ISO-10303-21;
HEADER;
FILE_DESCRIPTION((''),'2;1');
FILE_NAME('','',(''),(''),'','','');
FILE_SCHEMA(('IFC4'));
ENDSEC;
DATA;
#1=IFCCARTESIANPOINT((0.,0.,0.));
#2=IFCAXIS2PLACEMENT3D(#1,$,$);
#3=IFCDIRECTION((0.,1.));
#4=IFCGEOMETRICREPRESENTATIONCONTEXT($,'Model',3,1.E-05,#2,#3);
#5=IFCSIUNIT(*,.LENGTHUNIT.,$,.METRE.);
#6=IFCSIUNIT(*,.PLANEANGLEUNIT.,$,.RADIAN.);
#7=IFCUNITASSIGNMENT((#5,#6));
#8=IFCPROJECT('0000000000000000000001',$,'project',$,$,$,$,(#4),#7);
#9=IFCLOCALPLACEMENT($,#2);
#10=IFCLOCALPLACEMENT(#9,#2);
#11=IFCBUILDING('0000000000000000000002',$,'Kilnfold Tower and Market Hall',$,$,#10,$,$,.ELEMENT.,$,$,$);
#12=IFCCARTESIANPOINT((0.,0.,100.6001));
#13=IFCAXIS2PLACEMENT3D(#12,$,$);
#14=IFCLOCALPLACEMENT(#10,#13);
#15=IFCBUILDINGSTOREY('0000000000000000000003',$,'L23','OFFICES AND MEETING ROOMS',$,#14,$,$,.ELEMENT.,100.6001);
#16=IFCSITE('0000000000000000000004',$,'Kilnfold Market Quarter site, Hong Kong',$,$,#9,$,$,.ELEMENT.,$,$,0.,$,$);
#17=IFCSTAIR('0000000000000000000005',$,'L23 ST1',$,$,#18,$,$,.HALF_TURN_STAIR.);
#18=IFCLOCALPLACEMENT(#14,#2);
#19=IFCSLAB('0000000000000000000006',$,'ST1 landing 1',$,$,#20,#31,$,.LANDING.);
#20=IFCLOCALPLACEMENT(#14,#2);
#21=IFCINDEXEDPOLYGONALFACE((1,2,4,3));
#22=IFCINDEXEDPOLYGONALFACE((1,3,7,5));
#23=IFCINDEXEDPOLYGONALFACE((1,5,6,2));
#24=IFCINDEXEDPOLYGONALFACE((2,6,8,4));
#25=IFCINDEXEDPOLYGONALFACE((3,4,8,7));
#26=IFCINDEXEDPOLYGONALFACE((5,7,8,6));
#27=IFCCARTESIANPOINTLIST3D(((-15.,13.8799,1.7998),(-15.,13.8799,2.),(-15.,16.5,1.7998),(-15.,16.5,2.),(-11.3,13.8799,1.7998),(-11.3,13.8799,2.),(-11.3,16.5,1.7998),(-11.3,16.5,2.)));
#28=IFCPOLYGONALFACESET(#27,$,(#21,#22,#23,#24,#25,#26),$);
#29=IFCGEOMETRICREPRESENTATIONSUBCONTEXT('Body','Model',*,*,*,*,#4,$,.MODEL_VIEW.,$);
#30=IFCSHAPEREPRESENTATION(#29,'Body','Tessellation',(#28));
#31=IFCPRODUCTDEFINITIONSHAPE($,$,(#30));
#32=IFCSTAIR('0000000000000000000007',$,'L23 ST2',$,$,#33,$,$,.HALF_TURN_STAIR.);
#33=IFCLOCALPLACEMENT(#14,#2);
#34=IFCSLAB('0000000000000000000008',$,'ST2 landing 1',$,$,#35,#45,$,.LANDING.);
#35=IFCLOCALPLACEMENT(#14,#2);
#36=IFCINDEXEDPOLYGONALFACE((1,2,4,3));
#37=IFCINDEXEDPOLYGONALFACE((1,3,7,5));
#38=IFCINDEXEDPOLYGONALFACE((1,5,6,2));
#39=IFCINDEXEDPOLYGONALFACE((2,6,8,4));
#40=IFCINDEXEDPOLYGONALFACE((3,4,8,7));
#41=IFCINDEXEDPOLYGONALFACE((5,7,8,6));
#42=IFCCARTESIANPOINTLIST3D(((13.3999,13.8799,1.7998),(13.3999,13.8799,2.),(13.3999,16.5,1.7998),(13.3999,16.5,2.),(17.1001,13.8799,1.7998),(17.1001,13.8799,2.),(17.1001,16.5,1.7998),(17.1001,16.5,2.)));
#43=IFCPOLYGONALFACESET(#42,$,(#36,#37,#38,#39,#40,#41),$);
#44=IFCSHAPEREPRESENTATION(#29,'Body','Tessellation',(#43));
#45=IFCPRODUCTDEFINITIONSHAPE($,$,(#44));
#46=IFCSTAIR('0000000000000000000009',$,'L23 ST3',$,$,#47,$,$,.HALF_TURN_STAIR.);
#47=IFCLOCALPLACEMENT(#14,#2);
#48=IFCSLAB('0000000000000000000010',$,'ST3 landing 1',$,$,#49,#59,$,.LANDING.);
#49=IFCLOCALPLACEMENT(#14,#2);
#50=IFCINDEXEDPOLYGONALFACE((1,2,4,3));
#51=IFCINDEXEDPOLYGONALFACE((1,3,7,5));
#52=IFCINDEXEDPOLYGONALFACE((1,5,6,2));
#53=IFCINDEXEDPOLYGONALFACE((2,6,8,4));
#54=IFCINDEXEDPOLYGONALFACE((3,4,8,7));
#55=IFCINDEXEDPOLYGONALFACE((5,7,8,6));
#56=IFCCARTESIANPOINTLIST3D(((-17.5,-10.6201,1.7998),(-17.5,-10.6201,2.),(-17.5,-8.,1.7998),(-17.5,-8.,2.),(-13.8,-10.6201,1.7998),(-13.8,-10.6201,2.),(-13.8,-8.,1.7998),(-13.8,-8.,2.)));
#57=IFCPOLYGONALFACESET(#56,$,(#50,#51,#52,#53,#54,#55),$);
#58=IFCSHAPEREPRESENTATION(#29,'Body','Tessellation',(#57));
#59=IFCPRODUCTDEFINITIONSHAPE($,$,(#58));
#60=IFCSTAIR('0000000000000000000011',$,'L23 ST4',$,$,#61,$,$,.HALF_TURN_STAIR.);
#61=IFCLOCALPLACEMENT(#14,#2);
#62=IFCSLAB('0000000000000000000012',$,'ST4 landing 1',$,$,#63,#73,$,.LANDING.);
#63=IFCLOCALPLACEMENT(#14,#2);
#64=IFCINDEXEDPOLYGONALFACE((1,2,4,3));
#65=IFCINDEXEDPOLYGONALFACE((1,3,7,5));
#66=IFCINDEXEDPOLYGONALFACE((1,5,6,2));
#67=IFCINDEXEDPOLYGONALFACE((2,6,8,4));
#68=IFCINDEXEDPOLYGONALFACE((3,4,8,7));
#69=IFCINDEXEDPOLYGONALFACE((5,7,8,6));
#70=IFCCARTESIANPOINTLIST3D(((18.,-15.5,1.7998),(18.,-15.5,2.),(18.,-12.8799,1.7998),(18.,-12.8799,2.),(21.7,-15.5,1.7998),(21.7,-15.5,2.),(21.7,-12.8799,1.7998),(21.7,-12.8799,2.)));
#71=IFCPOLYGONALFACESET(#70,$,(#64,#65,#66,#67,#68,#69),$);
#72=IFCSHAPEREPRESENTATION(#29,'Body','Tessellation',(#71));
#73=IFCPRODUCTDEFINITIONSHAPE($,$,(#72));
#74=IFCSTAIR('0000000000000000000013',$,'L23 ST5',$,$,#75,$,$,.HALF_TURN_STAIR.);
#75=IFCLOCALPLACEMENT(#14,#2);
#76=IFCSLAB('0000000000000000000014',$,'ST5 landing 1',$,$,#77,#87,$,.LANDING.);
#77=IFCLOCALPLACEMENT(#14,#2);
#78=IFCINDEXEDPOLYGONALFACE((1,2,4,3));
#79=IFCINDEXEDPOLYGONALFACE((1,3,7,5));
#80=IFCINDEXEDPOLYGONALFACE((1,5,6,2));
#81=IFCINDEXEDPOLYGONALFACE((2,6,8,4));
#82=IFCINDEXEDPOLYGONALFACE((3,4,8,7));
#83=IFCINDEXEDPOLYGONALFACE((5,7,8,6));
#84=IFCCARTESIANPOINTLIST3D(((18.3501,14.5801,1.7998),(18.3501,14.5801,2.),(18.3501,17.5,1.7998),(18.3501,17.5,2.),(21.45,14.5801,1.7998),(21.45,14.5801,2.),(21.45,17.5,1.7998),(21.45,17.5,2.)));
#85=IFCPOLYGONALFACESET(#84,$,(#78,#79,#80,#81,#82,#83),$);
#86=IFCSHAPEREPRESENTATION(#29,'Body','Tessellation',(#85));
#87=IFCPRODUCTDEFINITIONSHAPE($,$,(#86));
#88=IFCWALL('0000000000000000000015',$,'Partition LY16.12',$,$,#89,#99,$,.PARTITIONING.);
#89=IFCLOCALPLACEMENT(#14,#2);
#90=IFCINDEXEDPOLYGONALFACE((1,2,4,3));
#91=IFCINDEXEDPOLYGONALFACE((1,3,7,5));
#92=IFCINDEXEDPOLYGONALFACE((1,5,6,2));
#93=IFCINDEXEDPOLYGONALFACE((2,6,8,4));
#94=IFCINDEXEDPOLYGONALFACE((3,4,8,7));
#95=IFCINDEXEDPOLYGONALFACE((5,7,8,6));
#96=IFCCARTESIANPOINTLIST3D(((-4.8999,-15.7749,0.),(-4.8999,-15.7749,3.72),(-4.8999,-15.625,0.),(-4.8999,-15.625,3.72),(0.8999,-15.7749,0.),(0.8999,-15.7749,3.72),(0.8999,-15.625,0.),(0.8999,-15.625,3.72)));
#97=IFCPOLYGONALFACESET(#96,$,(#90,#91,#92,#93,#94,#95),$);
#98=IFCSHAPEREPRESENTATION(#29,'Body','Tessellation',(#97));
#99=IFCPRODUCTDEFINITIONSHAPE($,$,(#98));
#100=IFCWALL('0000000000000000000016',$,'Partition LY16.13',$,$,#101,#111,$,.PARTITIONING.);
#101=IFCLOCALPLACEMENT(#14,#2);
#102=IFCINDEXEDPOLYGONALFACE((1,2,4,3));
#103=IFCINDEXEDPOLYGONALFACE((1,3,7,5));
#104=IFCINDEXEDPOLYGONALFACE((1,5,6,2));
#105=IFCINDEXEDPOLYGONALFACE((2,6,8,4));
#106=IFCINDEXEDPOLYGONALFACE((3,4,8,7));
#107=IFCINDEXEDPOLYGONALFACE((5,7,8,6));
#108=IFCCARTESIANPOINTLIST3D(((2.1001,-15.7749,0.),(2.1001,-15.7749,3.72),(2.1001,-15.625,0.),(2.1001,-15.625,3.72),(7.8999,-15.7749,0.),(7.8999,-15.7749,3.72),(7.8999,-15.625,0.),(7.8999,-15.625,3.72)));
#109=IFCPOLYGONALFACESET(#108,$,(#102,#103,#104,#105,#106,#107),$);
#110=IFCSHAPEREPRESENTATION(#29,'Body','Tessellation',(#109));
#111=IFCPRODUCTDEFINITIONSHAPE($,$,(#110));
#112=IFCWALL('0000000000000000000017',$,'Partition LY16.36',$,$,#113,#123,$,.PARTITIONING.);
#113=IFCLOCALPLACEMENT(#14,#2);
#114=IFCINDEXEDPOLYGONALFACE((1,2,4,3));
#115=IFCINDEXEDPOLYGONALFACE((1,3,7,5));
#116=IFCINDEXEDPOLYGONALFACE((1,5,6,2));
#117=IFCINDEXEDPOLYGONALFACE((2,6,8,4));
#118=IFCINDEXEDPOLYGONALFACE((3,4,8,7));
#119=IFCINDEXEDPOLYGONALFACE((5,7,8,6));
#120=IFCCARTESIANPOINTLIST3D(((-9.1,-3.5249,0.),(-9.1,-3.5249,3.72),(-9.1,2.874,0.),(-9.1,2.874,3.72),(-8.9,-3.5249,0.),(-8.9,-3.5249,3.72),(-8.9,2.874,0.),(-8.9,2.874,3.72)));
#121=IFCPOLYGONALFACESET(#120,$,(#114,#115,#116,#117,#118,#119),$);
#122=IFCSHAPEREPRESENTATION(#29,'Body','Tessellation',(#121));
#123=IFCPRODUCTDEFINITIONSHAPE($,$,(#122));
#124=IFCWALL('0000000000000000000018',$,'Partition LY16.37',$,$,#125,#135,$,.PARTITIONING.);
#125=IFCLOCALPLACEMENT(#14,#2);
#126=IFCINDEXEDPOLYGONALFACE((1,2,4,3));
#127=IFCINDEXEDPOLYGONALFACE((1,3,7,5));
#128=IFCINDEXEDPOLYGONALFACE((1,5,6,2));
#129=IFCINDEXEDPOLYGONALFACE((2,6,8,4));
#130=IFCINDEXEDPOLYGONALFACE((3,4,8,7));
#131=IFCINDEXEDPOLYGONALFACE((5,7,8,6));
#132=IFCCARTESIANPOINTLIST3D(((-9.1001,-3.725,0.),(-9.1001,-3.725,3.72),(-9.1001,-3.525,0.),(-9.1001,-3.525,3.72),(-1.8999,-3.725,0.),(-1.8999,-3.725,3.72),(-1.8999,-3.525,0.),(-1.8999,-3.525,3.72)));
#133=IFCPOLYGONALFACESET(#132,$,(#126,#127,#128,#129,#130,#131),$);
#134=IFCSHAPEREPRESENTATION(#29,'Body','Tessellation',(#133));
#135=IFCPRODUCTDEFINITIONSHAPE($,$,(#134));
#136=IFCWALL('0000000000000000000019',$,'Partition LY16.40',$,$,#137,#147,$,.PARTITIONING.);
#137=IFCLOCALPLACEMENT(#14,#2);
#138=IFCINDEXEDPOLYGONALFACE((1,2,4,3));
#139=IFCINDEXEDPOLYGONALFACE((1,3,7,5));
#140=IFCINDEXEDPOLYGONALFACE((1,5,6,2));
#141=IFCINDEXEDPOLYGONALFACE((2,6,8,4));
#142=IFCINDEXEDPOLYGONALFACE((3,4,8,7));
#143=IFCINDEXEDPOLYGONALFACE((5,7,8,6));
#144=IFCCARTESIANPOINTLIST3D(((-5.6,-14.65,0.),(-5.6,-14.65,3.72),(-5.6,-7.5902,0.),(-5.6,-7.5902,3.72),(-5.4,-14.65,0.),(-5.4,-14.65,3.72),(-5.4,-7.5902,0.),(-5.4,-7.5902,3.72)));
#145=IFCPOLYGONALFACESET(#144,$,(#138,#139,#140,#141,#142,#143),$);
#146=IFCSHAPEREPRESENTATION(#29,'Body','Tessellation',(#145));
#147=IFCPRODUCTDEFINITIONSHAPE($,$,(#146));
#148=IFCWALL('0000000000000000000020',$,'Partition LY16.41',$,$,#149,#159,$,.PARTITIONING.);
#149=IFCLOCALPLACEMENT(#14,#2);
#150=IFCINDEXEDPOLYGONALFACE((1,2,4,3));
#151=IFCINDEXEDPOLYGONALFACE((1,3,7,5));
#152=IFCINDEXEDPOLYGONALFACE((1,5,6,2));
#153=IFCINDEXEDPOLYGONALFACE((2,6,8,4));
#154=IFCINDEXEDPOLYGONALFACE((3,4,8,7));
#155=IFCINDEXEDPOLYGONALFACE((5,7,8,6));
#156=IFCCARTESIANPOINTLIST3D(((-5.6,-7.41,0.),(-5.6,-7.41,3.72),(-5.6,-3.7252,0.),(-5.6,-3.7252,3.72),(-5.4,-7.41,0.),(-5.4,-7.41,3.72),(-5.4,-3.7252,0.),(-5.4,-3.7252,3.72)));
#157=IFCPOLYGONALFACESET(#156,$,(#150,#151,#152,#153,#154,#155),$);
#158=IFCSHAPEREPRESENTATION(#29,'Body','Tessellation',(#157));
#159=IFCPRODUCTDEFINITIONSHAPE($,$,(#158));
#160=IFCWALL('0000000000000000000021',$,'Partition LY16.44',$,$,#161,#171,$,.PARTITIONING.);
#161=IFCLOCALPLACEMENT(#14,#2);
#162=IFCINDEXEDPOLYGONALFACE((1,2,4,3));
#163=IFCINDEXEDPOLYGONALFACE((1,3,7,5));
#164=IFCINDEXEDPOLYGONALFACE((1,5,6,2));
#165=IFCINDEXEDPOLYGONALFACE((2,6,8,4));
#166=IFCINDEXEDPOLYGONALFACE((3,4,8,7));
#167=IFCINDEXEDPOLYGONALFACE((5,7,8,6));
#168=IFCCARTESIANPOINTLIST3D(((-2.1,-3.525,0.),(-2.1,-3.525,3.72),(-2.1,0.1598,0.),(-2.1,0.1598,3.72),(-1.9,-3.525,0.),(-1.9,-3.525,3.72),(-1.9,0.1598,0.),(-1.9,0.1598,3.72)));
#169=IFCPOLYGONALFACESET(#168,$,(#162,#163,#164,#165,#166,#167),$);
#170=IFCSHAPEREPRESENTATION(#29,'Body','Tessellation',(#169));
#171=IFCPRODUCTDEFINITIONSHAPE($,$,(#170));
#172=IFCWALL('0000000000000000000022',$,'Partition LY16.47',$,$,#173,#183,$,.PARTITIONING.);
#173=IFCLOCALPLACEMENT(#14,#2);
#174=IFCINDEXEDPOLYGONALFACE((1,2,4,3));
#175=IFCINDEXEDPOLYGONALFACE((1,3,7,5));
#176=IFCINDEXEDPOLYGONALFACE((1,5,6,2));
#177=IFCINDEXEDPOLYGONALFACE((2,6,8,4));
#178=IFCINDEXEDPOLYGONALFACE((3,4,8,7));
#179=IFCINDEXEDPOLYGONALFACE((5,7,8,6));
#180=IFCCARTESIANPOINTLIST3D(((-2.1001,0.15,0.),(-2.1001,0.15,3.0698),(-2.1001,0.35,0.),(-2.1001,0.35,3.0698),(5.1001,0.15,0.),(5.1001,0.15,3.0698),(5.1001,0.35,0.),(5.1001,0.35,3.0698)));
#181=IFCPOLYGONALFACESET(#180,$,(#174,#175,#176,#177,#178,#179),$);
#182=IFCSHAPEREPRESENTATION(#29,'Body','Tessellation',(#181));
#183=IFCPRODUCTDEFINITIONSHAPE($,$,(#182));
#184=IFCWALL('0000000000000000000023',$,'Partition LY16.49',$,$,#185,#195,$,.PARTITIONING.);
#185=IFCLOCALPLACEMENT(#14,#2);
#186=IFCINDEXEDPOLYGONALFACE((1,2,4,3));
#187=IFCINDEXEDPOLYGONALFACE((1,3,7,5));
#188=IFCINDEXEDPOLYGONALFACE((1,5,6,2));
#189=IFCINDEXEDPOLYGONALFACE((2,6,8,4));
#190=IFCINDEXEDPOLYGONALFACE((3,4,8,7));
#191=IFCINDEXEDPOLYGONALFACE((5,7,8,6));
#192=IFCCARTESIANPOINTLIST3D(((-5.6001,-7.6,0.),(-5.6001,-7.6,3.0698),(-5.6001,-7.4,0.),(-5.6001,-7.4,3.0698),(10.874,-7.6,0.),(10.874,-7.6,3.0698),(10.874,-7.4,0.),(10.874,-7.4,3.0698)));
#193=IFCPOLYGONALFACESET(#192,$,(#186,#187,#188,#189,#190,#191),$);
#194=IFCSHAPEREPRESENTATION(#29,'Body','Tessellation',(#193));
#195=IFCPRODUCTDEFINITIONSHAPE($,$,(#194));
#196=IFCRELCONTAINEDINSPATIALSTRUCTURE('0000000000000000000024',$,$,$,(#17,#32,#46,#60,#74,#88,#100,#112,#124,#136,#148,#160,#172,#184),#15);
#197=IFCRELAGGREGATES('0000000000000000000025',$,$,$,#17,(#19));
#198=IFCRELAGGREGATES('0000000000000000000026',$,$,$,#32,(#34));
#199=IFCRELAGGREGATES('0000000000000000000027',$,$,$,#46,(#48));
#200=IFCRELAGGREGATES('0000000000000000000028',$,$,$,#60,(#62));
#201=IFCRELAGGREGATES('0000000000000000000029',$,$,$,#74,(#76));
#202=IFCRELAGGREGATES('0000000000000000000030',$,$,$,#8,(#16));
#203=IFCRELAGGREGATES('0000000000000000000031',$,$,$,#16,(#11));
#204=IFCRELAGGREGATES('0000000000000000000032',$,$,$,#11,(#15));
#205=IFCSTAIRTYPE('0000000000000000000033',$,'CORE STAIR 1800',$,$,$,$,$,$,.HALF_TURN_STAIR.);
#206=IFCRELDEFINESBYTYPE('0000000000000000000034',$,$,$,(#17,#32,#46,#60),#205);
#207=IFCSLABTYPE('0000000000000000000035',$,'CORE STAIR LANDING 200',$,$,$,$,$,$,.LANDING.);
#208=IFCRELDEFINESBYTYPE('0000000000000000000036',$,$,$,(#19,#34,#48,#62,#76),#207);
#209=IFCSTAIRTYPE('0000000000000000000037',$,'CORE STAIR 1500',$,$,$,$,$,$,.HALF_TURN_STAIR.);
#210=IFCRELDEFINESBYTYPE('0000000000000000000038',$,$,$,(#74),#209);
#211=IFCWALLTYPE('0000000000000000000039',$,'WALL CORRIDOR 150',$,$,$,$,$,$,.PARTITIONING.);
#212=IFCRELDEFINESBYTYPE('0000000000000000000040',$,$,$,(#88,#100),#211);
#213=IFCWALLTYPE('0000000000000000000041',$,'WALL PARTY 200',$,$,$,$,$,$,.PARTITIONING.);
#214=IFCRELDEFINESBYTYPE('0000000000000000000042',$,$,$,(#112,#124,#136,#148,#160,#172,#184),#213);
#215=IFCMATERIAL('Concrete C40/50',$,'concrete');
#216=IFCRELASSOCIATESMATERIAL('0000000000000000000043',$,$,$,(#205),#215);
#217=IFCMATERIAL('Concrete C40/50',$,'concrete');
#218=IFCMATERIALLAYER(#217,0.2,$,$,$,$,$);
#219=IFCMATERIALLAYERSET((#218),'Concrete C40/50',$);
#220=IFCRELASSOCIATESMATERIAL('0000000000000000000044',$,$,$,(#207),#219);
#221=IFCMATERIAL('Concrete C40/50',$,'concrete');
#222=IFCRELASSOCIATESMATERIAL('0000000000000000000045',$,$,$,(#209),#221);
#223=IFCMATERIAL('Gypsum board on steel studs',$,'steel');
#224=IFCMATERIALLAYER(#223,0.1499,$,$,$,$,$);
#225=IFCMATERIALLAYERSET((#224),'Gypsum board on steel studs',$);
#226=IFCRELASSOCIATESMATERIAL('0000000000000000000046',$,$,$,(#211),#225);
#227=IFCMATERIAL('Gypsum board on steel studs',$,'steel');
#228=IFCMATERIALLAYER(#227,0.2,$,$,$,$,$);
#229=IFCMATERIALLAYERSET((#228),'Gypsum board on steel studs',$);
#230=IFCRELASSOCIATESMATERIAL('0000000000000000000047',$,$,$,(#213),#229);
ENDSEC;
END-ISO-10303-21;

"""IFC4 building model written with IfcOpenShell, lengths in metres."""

from ifc_helpers import new_model, si_unit, direction, frame, frame_2d, origin, place, context, subcontext, project, spatial, polyline, rectangle, outline, extrude, source, transform, mapped, material, layer, layer_set, type_object, element, aggregate, save


model = new_model("IFC4")

# Units and contexts
model_context = context("Model", 3, precision=1e-05, world=origin(), true_north=direction((0.0, 1.0)))
body_context = subcontext(model_context, "Body", "Model", "MODEL_VIEW")
ifc_project = project(units=[si_unit("LENGTHUNIT", "METRE"), si_unit("PLANEANGLEUNIT", "RADIAN")], contexts=[model_context])

# Site, building, storey
site_placement = place(None, origin())
site = spatial("IfcSite", under=ifc_project, at=site_placement, Name="Kilnfold Market Quarter site, Hong Kong", CompositionType="ELEMENT", RefElevation=0.0)
building_placement = place(site_placement, origin())
building = spatial("IfcBuilding", under=site, at=building_placement, Name="Kilnfold Tower and Market Hall", CompositionType="ELEMENT")
storey_placement = place(building_placement, frame((0.0, 0.0, 100.6001)))
storey = spatial("IfcBuildingStorey", under=building, at=storey_placement, Name="L23", Description="OFFICES AND MEETING ROOMS", CompositionType="ELEMENT", Elevation=100.6001)

# Stairs, slabs
ifc_material_1 = material(Name="Concrete C40/50", Category="concrete")
stair_type_1 = type_object("IfcStairType", Name="CORE STAIR 1800", PredefinedType="HALF_TURN_STAIR", material=ifc_material_1)
stair_1_placement = place(storey_placement, origin())
stair_1 = element("IfcStair", 1, at=stair_1_placement, inside=storey, type_object=stair_type_1, Name="L23 ST1", PredefinedType="HALF_TURN_STAIR")
ifc_material_2 = material(Name="Concrete C40/50", Category="concrete")
ifc_layer_1 = layer(ifc_material_2, 0.2)
ifc_layer_set_1 = layer_set([ifc_layer_1], Name="Concrete C40/50")
slab_type_1 = type_object("IfcSlabType", Name="CORE STAIR LANDING 200", PredefinedType="LANDING", material=ifc_layer_set_1)
shared_shape_1 = source(origin(), body_context, "Body", "SweptSolid", [
    extrude(outline(polyline([(-11.3, 13.8799), (-11.3, 16.5), (-15.0, 16.5), (-15.0, 13.8799), (-11.3, 13.8799)])), origin(), (0.0, 0.0, 1.0), 0.2002),
])
slab_1_placement = place(storey_placement, frame((0.0, 0.0, 1.7998)))
slab_1 = element("IfcSlab", 2, at=slab_1_placement, type_object=slab_type_1, Name="ST1 landing 1", PredefinedType="LANDING", context=body_context, shape_type="MappedRepresentation", body=[
    mapped(shared_shape_1, transform((0.0, 0.0, 0.0))),
])
aggregate(stair_1, [slab_1])
stair_2_placement = place(storey_placement, origin())
stair_2 = element("IfcStair", 3, at=stair_2_placement, inside=storey, type_object=stair_type_1, Name="L23 ST2", PredefinedType="HALF_TURN_STAIR")
shared_shape_2 = source(origin(), body_context, "Body", "SweptSolid", [
    extrude(outline(polyline([(17.1001, 13.8799), (17.1001, 16.5), (13.3999, 16.5), (13.3999, 13.8799), (17.1001, 13.8799)])), origin(), (0.0, 0.0, 1.0), 0.2002),
])
slab_2_placement = place(storey_placement, frame((0.0, 0.0, 1.7998)))
slab_2 = element("IfcSlab", 4, at=slab_2_placement, type_object=slab_type_1, Name="ST2 landing 1", PredefinedType="LANDING", context=body_context, shape_type="MappedRepresentation", body=[
    mapped(shared_shape_2, transform((0.0, 0.0, 0.0))),
])
aggregate(stair_2, [slab_2])
stair_3_placement = place(storey_placement, origin())
stair_3 = element("IfcStair", 5, at=stair_3_placement, inside=storey, type_object=stair_type_1, Name="L23 ST3", PredefinedType="HALF_TURN_STAIR")
shared_shape_3 = source(origin(), body_context, "Body", "SweptSolid", [
    extrude(outline(polyline([(-13.8, -10.6201), (-13.8, -8.0), (-17.5, -8.0), (-17.5, -10.6201), (-13.8, -10.6201)])), origin(), (0.0, 0.0, 1.0), 0.2002),
])
slab_3_placement = place(storey_placement, frame((0.0, 0.0, 1.7998)))
slab_3 = element("IfcSlab", 6, at=slab_3_placement, type_object=slab_type_1, Name="ST3 landing 1", PredefinedType="LANDING", context=body_context, shape_type="MappedRepresentation", body=[
    mapped(shared_shape_3, transform((0.0, 0.0, 0.0))),
])
aggregate(stair_3, [slab_3])
stair_4_placement = place(storey_placement, origin())
stair_4 = element("IfcStair", 7, at=stair_4_placement, inside=storey, type_object=stair_type_1, Name="L23 ST4", PredefinedType="HALF_TURN_STAIR")
shared_shape_4 = source(origin(), body_context, "Body", "SweptSolid", [
    extrude(outline(polyline([(18.0, -12.8799), (18.0, -15.5), (21.7, -15.5), (21.7, -12.8799), (18.0, -12.8799)])), origin(), (0.0, 0.0, 1.0), 0.2002),
])
slab_4_placement = place(storey_placement, frame((0.0, 0.0, 1.7998)))
slab_4 = element("IfcSlab", 8, at=slab_4_placement, type_object=slab_type_1, Name="ST4 landing 1", PredefinedType="LANDING", context=body_context, shape_type="MappedRepresentation", body=[
    mapped(shared_shape_4, transform((0.0, 0.0, 0.0))),
])
aggregate(stair_4, [slab_4])
ifc_material_3 = material(Name="Concrete C40/50", Category="concrete")
stair_type_2 = type_object("IfcStairType", Name="CORE STAIR 1500", PredefinedType="HALF_TURN_STAIR", material=ifc_material_3)
stair_5_placement = place(storey_placement, origin())
stair_5 = element("IfcStair", 9, at=stair_5_placement, inside=storey, type_object=stair_type_2, Name="L23 ST5", PredefinedType="HALF_TURN_STAIR")
shared_shape_5 = source(origin(), body_context, "Body", "SweptSolid", [
    extrude(outline(polyline([(21.45, 14.5801), (21.45, 17.5), (18.3501, 17.5), (18.3501, 14.5801), (21.45, 14.5801)])), origin(), (0.0, 0.0, 1.0), 0.2002),
])
slab_5_placement = place(storey_placement, frame((0.0, 0.0, 1.7998)))
slab_5 = element("IfcSlab", 10, at=slab_5_placement, type_object=slab_type_1, Name="ST5 landing 1", PredefinedType="LANDING", context=body_context, shape_type="MappedRepresentation", body=[
    mapped(shared_shape_5, transform((0.0, 0.0, 0.0))),
])
aggregate(stair_5, [slab_5])

# Walls
ifc_material_4 = material(Name="Gypsum board on steel studs", Category="steel")
ifc_layer_2 = layer(ifc_material_4, 0.1499)
ifc_layer_set_2 = layer_set([ifc_layer_2], Name="Gypsum board on steel studs")
wall_type_1 = type_object("IfcWallType", Name="WALL CORRIDOR 150", PredefinedType="PARTITIONING", material=ifc_layer_set_2)
for number, where, z_axis, x_axis, name in (
    (11, (-4.8999, -15.7, 0.0), (0.0, 0.0, 1.0), (1.0, 0.0, 0.0), "Partition LY16.12"),
    (12, (2.1001, -15.7, 0.0), (0.0, 0.0, 1.0), (1.0, 0.0, 0.0), "Partition LY16.13"),
):
    element("IfcWall", number, at=place(storey_placement, frame(where, z_axis=z_axis, x_axis=x_axis)), inside=storey, type_object=wall_type_1, Name=name, PredefinedType="PARTITIONING", context=body_context, shape_type="SweptSolid", body=[
        extrude(rectangle(XDim=5.7998, YDim=0.1499, at=frame_2d((2.8999, 0.0))), origin(), (0.0, 0.0, 1.0), 3.72),
    ])
ifc_material_5 = material(Name="Gypsum board on steel studs", Category="steel")
ifc_layer_3 = layer(ifc_material_5, 0.2)
ifc_layer_set_3 = layer_set([ifc_layer_3], Name="Gypsum board on steel studs")
wall_type_2 = type_object("IfcWallType", Name="WALL PARTY 200", PredefinedType="PARTITIONING", material=ifc_layer_set_3)
wall_1_placement = place(storey_placement, frame((-9.0, -3.5249, 0.0), z_axis=(0.0, 0.0, 1.0), x_axis=(0.0, 1.0, 0.0)))
element("IfcWall", 13, at=wall_1_placement, inside=storey, type_object=wall_type_2, Name="Partition LY16.36", PredefinedType="PARTITIONING", context=body_context, shape_type="SweptSolid", body=[
    extrude(rectangle(XDim=6.3989, YDim=0.2, at=frame_2d((3.1995, 0.0))), origin(), (0.0, 0.0, 1.0), 3.72),
])
wall_2_placement = place(storey_placement, frame((-9.1001, -3.625, 0.0), z_axis=(0.0, 0.0, 1.0), x_axis=(1.0, 0.0, 0.0)))
element("IfcWall", 14, at=wall_2_placement, inside=storey, type_object=wall_type_2, Name="Partition LY16.37", PredefinedType="PARTITIONING", context=body_context, shape_type="SweptSolid", body=[
    extrude(rectangle(XDim=7.2002, YDim=0.2, at=frame_2d((3.6001, 0.0))), origin(), (0.0, 0.0, 1.0), 3.72),
])
wall_3_placement = place(storey_placement, frame((-5.5, -14.6499, 0.0), z_axis=(0.0, 0.0, 1.0), x_axis=(0.0, 1.0, 0.0)))
element("IfcWall", 15, at=wall_3_placement, inside=storey, type_object=wall_type_2, Name="Partition LY16.40", PredefinedType="PARTITIONING", context=body_context, shape_type="SweptSolid", body=[
    extrude(rectangle(XDim=7.0598, YDim=0.2, at=frame_2d((3.5298, 0.0))), origin(), (0.0, 0.0, 1.0), 3.72),
])
for number, where, z_axis, x_axis, name in (
    (16, (-5.5, -7.4099, 0.0), (0.0, 0.0, 1.0), (0.0, 1.0, 0.0), "Partition LY16.41"),
    (17, (-2.0, -3.5249, 0.0), (0.0, 0.0, 1.0), (0.0, 1.0, 0.0), "Partition LY16.44"),
):
    element("IfcWall", number, at=place(storey_placement, frame(where, z_axis=z_axis, x_axis=x_axis)), inside=storey, type_object=wall_type_2, Name=name, PredefinedType="PARTITIONING", context=body_context, shape_type="SweptSolid", body=[
        extrude(rectangle(XDim=3.6848, YDim=0.2, at=frame_2d((1.8423, 0.0))), origin(), (0.0, 0.0, 1.0), 3.72),
    ])
wall_4_placement = place(storey_placement, frame((-2.1001, 0.25, 0.0), z_axis=(0.0, 0.0, 1.0), x_axis=(1.0, 0.0, 0.0)))
element("IfcWall", 18, at=wall_4_placement, inside=storey, type_object=wall_type_2, Name="Partition LY16.47", PredefinedType="PARTITIONING", context=body_context, shape_type="SweptSolid", body=[
    extrude(rectangle(XDim=7.2002, YDim=0.2, at=frame_2d((3.6001, 0.0))), origin(), (0.0, 0.0, 1.0), 3.0698),
])
wall_5_placement = place(storey_placement, frame((-5.6001, -7.5, 0.0), z_axis=(0.0, 0.0, 1.0), x_axis=(1.0, 0.0, 0.0)))
element("IfcWall", 19, at=wall_5_placement, inside=storey, type_object=wall_type_2, Name="Partition LY16.49", PredefinedType="PARTITIONING", context=body_context, shape_type="SweptSolid", body=[
    extrude(rectangle(XDim=16.4741, YDim=0.2, at=frame_2d((8.2371, 0.0))), origin(), (0.0, 0.0, 1.0), 3.0698),
])

save(model, "model.ifc")
